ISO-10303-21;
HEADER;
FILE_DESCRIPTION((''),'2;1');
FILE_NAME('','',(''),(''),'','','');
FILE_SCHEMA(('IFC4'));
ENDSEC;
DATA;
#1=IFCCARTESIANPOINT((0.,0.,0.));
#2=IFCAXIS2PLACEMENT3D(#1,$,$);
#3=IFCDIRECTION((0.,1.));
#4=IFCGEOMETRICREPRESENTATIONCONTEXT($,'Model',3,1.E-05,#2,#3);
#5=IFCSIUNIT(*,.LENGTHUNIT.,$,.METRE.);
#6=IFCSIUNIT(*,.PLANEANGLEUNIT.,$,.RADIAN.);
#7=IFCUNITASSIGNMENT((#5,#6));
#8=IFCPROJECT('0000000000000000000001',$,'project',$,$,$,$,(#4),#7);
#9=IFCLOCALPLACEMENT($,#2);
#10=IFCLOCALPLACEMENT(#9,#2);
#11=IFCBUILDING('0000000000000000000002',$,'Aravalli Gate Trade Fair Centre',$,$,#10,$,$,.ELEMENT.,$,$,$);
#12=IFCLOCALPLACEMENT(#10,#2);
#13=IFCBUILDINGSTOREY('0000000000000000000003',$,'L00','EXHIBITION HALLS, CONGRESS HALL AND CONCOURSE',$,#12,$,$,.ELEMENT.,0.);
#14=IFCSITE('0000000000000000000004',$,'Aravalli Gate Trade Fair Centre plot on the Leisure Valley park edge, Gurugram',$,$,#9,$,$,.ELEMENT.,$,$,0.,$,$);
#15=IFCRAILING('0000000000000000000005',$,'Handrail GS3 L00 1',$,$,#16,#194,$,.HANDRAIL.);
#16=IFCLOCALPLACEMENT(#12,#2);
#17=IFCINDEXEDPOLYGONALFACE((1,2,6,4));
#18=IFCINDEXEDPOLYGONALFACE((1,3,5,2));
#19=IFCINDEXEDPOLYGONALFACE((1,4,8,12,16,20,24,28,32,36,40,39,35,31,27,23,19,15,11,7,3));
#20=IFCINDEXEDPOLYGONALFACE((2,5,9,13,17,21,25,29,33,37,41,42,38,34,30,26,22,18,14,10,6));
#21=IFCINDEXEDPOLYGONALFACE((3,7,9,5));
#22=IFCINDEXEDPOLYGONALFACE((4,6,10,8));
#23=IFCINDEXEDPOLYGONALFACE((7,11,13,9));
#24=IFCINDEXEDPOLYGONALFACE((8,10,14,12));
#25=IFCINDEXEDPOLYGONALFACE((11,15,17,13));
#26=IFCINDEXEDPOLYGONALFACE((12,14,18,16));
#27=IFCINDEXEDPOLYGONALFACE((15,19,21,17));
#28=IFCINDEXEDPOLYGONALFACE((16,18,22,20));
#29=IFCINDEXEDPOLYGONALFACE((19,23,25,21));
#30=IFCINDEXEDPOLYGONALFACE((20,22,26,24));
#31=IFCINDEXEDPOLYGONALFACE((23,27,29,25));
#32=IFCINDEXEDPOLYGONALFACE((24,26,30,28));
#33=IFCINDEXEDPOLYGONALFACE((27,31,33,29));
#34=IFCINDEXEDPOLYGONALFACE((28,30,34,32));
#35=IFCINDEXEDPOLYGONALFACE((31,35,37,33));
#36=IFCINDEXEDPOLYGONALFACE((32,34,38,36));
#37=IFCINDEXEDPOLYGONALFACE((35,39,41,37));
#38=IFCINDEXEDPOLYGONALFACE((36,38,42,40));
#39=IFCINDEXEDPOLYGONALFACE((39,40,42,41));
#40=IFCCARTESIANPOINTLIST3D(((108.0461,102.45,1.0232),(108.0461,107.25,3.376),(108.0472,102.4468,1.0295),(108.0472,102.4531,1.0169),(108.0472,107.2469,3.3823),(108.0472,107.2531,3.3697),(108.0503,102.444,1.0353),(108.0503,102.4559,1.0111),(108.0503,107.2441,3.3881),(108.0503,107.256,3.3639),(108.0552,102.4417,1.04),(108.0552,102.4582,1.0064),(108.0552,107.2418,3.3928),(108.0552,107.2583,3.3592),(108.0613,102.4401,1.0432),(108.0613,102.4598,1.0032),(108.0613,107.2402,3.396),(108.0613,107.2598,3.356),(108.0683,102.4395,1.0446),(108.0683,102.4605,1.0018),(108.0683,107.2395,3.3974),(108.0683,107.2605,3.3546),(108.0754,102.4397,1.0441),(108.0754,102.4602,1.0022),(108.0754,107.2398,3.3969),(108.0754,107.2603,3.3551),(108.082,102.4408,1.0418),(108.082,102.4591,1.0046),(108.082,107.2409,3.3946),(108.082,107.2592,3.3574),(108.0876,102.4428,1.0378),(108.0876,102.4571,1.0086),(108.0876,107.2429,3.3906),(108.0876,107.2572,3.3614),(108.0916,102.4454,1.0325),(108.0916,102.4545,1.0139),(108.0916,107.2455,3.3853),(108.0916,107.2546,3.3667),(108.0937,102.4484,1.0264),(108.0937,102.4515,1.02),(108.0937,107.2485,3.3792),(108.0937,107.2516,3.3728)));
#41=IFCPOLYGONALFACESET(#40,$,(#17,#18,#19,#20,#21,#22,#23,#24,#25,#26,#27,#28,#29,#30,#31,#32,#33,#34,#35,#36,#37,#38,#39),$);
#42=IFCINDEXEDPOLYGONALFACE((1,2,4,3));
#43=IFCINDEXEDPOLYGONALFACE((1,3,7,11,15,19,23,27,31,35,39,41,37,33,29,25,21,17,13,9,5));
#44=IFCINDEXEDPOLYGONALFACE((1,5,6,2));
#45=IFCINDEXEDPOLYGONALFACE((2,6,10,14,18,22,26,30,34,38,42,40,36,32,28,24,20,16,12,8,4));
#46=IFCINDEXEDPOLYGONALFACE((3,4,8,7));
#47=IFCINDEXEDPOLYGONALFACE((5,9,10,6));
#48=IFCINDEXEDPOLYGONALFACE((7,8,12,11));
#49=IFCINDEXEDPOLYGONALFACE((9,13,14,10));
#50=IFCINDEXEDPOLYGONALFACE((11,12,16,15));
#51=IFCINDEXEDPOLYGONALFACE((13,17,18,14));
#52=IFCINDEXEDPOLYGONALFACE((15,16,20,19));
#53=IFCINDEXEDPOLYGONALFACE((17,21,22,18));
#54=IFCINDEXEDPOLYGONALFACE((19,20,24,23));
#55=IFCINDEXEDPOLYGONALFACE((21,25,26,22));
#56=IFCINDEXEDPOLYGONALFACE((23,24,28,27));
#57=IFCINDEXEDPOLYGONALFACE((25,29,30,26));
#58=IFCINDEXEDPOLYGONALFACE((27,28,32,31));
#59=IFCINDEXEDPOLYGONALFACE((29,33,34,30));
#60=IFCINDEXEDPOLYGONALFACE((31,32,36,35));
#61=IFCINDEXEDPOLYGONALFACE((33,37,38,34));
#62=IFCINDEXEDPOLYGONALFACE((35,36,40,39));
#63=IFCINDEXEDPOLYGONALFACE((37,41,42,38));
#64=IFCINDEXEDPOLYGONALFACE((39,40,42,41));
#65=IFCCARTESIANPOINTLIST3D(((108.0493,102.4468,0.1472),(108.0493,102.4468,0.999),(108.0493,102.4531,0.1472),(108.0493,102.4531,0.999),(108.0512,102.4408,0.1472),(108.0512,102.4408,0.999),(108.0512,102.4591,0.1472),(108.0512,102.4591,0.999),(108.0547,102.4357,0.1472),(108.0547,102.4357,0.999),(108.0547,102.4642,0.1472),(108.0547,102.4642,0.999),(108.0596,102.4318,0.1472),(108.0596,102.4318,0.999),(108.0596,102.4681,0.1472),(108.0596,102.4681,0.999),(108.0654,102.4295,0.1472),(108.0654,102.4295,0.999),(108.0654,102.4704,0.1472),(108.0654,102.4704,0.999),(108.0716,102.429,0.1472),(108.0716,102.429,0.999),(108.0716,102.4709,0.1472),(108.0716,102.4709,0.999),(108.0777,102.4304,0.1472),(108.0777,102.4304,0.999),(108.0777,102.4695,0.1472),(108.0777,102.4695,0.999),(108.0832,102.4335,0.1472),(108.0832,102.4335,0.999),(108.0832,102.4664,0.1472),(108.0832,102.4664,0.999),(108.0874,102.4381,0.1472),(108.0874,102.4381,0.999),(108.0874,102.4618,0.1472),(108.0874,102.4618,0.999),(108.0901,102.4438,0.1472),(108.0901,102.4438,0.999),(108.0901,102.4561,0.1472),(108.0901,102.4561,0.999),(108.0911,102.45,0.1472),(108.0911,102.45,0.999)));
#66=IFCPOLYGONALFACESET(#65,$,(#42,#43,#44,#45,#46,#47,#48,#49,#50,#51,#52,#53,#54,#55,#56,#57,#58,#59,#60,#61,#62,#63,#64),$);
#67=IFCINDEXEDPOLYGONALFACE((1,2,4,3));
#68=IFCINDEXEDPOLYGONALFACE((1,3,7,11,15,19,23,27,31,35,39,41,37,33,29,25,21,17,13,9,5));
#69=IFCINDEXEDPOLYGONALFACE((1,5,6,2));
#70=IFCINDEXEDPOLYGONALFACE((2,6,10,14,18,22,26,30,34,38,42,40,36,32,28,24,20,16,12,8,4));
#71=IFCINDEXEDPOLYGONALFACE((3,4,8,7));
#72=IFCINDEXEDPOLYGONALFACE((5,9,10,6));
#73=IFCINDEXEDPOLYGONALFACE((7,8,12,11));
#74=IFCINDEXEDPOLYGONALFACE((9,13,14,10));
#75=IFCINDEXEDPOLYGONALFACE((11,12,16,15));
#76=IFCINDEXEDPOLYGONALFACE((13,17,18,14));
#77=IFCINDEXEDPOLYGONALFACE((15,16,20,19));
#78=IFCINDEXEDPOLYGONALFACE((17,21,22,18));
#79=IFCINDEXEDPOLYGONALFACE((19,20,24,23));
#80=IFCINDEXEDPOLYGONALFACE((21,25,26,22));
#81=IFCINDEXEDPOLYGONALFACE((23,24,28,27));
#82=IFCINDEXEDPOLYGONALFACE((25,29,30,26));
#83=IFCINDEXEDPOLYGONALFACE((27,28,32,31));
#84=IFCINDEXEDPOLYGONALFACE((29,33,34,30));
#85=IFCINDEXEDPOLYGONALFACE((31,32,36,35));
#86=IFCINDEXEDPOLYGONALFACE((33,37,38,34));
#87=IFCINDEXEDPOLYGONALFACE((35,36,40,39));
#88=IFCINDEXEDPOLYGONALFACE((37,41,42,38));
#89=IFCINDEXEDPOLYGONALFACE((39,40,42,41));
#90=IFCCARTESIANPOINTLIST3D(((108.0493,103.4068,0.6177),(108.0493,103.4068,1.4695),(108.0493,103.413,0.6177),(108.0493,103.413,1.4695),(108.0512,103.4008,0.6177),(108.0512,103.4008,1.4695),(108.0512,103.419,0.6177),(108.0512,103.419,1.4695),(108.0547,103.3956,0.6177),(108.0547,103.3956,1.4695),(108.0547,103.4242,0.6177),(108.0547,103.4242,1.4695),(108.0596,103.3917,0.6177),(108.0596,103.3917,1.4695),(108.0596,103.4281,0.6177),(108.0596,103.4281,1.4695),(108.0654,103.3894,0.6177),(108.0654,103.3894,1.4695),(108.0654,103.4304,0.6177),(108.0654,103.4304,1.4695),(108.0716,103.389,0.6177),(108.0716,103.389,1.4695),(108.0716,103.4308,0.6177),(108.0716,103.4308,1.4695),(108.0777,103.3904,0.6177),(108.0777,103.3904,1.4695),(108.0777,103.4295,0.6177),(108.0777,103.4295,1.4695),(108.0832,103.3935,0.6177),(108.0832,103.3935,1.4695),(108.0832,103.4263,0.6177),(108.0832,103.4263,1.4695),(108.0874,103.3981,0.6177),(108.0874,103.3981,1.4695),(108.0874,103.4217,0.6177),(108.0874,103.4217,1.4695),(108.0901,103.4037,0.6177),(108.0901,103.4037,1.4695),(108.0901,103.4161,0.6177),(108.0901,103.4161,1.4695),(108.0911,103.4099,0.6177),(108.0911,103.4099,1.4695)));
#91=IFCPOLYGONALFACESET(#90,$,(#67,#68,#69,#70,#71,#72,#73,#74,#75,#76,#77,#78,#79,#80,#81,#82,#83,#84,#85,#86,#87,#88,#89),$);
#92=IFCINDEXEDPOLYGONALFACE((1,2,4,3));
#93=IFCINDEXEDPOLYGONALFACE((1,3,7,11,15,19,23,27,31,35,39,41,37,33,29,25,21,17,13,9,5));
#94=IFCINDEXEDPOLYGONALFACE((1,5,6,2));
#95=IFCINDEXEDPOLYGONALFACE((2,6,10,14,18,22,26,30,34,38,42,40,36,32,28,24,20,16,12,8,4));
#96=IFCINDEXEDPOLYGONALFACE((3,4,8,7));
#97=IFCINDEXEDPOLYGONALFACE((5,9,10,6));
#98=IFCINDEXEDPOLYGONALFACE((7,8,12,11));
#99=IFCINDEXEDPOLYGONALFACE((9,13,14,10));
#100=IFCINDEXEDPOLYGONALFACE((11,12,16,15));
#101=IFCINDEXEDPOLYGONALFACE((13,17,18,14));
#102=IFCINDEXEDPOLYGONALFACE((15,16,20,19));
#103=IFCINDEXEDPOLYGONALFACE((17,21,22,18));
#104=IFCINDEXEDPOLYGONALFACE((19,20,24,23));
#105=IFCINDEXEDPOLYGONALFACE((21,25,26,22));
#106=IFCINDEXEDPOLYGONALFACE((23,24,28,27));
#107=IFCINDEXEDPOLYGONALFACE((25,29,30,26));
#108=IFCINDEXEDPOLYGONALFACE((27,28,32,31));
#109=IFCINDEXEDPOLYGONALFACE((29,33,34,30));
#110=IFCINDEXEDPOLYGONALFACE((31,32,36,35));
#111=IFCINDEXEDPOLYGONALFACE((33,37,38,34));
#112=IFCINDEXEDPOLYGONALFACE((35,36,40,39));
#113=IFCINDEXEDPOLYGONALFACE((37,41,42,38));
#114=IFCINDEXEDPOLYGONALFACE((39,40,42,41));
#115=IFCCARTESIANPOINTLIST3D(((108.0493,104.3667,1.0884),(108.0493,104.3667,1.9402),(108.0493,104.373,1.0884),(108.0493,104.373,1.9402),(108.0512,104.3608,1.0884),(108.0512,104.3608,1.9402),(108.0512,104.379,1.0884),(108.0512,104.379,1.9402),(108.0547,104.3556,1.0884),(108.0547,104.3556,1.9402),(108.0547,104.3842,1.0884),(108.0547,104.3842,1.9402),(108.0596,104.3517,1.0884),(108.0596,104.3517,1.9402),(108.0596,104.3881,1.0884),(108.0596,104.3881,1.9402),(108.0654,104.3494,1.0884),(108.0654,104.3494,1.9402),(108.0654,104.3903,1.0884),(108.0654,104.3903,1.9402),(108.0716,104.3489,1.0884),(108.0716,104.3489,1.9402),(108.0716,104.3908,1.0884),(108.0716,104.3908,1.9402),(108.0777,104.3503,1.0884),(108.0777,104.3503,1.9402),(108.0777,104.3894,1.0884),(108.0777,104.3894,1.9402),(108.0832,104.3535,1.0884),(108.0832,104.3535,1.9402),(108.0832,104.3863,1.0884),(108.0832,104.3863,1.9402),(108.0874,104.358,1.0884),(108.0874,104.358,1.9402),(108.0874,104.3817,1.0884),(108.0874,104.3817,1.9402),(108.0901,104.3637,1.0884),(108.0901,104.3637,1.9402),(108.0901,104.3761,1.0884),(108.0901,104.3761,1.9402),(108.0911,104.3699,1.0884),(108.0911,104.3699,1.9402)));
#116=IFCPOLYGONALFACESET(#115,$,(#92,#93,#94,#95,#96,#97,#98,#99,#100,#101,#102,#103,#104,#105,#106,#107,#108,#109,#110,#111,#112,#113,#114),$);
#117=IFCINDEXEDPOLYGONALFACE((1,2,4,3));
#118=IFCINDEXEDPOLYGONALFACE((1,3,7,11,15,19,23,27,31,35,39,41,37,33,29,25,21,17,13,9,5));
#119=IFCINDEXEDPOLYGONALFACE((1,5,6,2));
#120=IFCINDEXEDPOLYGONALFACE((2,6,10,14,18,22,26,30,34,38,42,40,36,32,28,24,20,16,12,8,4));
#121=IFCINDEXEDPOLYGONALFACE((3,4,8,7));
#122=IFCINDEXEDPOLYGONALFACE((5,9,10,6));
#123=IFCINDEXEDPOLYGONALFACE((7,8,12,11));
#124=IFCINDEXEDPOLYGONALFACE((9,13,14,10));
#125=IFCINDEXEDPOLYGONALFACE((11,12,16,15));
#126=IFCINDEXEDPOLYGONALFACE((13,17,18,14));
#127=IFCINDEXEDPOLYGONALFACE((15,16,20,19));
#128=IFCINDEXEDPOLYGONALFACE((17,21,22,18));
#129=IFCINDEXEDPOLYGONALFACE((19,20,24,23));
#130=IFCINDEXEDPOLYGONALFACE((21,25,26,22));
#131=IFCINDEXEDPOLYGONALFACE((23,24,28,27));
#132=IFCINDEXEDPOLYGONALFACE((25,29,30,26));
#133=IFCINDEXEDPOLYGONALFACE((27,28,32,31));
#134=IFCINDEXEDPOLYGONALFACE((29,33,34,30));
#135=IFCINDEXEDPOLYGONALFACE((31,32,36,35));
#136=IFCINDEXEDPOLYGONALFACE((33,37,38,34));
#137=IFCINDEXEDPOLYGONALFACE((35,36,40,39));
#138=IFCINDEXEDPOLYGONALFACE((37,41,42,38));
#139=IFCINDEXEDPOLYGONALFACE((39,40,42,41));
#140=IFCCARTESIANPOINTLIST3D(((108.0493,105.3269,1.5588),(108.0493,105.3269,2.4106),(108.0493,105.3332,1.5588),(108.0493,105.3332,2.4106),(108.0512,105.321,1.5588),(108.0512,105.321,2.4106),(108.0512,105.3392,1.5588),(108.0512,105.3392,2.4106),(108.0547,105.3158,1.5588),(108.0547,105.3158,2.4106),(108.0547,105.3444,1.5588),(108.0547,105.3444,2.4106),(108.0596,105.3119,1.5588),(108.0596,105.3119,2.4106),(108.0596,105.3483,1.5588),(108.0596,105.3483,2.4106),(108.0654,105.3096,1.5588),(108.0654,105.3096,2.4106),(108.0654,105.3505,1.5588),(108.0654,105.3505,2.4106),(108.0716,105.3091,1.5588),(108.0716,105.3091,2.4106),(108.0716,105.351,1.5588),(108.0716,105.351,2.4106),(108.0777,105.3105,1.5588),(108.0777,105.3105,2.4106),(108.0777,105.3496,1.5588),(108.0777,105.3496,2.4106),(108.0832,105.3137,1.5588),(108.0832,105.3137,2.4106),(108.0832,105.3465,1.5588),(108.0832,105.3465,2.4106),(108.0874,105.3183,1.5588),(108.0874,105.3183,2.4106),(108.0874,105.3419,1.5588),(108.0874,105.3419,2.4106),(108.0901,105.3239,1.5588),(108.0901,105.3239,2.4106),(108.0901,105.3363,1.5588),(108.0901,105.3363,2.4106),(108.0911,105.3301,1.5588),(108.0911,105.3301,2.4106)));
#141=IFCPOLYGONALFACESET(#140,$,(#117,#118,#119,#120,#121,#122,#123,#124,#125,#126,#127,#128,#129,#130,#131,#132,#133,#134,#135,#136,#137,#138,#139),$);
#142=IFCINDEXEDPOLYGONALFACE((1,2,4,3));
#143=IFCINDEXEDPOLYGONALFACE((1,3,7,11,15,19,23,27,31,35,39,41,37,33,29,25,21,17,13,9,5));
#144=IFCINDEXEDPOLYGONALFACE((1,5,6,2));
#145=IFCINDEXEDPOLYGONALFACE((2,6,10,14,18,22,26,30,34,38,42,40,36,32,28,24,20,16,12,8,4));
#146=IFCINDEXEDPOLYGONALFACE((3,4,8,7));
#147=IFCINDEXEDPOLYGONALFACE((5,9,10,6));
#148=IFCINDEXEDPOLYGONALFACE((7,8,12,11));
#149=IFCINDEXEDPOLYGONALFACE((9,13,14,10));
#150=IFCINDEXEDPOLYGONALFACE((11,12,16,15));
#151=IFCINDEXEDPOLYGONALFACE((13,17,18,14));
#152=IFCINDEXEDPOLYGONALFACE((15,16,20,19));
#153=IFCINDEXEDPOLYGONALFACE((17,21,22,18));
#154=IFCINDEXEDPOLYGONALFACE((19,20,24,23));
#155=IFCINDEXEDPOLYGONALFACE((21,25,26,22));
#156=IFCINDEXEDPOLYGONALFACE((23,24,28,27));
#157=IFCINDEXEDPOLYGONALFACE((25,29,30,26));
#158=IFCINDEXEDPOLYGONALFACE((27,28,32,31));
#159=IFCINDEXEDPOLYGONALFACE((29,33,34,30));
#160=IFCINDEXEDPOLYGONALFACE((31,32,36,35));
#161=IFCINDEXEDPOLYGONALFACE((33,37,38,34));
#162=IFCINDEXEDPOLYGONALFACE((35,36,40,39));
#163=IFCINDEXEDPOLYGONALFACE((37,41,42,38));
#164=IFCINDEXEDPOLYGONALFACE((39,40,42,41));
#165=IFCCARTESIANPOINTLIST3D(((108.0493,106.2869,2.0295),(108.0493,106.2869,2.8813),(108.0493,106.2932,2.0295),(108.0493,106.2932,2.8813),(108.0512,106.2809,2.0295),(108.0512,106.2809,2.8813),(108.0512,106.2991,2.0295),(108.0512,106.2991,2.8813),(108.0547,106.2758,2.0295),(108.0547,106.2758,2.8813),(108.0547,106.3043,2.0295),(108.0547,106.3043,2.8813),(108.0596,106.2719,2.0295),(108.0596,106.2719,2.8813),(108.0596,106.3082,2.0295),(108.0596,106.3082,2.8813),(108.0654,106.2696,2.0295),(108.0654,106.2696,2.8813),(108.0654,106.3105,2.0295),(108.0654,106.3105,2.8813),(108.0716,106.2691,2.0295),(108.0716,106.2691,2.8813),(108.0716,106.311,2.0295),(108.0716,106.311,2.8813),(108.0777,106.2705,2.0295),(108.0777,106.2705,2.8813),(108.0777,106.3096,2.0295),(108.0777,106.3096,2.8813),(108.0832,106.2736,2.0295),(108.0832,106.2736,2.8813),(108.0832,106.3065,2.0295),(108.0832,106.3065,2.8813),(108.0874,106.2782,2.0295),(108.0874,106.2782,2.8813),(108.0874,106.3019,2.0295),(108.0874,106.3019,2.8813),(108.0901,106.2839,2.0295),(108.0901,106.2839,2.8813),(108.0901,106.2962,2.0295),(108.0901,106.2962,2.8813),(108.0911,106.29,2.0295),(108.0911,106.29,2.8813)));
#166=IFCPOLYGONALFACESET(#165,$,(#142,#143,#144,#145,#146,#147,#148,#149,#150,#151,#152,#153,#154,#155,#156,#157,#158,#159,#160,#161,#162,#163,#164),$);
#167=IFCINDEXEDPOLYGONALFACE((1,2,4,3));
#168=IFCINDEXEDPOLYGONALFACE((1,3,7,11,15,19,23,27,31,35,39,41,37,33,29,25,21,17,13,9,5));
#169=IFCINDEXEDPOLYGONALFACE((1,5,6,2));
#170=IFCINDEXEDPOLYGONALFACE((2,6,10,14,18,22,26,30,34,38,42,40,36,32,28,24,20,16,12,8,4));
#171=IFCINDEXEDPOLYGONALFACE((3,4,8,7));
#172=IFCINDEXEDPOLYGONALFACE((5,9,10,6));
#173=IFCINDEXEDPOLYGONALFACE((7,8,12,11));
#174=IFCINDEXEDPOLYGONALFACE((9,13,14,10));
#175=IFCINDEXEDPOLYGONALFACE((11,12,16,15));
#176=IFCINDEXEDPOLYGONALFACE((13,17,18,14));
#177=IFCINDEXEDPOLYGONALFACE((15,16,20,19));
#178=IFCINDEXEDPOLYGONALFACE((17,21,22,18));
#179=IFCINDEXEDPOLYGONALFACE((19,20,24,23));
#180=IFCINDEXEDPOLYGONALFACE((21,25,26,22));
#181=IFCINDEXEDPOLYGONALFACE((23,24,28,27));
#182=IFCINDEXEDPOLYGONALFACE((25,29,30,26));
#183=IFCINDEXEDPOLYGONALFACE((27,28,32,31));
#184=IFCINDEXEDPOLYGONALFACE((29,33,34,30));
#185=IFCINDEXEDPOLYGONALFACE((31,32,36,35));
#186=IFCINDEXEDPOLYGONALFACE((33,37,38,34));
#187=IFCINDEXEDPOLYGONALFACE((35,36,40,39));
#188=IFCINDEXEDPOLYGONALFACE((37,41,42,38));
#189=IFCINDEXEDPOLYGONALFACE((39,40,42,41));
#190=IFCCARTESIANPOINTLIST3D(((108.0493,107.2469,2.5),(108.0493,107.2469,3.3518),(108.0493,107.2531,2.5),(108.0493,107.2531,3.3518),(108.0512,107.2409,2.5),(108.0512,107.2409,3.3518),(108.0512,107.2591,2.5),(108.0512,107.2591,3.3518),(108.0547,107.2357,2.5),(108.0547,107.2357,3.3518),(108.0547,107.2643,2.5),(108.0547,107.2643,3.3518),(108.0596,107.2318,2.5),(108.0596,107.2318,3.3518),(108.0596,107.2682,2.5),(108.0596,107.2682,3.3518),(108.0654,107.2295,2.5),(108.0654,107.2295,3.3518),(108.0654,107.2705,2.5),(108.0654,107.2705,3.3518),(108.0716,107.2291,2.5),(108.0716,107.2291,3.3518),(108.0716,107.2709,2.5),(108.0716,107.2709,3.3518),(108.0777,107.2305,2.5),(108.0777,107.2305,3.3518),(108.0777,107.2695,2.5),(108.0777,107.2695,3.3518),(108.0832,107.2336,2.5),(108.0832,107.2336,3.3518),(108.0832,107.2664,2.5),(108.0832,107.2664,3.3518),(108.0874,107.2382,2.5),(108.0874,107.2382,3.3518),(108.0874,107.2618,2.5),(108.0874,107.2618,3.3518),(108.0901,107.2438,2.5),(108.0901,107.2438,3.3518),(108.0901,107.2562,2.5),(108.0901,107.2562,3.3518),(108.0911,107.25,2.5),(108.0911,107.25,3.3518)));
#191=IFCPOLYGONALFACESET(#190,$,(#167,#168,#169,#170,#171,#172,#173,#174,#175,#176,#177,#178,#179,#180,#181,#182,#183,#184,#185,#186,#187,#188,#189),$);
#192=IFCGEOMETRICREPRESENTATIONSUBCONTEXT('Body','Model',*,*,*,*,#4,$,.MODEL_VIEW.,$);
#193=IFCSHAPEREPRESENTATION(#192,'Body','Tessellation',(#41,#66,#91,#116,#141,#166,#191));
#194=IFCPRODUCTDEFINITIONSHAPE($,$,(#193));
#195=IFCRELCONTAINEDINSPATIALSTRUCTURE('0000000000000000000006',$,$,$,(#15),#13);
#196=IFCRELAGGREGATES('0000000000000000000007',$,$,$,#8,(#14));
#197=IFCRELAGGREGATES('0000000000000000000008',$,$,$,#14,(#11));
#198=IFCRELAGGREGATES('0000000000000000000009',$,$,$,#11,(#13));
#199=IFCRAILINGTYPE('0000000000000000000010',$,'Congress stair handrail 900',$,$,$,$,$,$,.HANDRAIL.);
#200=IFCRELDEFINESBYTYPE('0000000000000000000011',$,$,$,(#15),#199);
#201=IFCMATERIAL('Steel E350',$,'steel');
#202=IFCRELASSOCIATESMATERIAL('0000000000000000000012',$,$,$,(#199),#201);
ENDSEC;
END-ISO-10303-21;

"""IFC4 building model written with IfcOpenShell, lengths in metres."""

from ifc_helpers import new_model, si_unit, direction, frame, origin, origin_2d, place, context, subcontext, project, spatial, circle, extrude, material, type_object, element, save


model = new_model("IFC4")

# Units and contexts
model_context = context("Model", 3, precision=1e-05, world=origin(), true_north=direction((0.0, 1.0)))
body_context = subcontext(model_context, "Body", "Model", "MODEL_VIEW")
ifc_project = project(units=[si_unit("LENGTHUNIT", "METRE"), si_unit("PLANEANGLEUNIT", "RADIAN")], contexts=[model_context])

# Site, building, storey
site_placement = place(None, origin())
site = spatial("IfcSite", under=ifc_project, at=site_placement, Name="Aravalli Gate Trade Fair Centre plot on the Leisure Valley park edge, Gurugram", CompositionType="ELEMENT", RefElevation=0.0)
building_placement = place(site_placement, origin())
building = spatial("IfcBuilding", under=site, at=building_placement, Name="Aravalli Gate Trade Fair Centre", CompositionType="ELEMENT")
storey_placement = place(building_placement, origin())
storey = spatial("IfcBuildingStorey", under=building, at=storey_placement, Name="L00", Description="EXHIBITION HALLS, CONGRESS HALL AND CONCOURSE", CompositionType="ELEMENT", Elevation=0.0)

# Railing
ifc_material_1 = material(Name="Steel E350", Category="steel")
railing_type = type_object("IfcRailingType", Name="Congress stair handrail 900", PredefinedType="HANDRAIL", material=ifc_material_1)
for number, where, name in (
    (1, (108.0701, 102.45, 0.1472), "Handrail GS3 L00 1"),
):
    element("IfcRailing", number, at=place(storey_placement, frame(where)), inside=storey, type_object=railing_type, Name=name, PredefinedType="HANDRAIL", context=body_context, shape_type="SweptSolid", body=[
        extrude(circle(Radius=0.0239, at=origin_2d()), frame((0.0, 0.0, 0.876), z_axis=(0.0, 0.897934, 0.44013), x_axis=(-1.0, 0.0, 0.0)), (0.0, 0.0, 1.0), 5.3457),
        extrude(circle(Radius=0.021, at=origin_2d()), origin(), (0.0, 0.0, 1.0), 0.8518),
        extrude(circle(Radius=0.021, at=origin_2d()), frame((0.0, 0.96, 0.4705)), (0.0, 0.0, 1.0), 0.8518),
        extrude(circle(Radius=0.021, at=origin_2d()), frame((0.0, 1.9199, 0.9412)), (0.0, 0.0, 1.0), 0.8518),
        extrude(circle(Radius=0.021, at=origin_2d()), frame((0.0, 2.8801, 1.4116)), (0.0, 0.0, 1.0), 0.8518),
        extrude(circle(Radius=0.021, at=origin_2d()), frame((0.0, 3.8401, 1.8823)), (0.0, 0.0, 1.0), 0.8518),
        extrude(circle(Radius=0.021, at=origin_2d()), frame((0.0, 4.8, 2.3528)), (0.0, 0.0, 1.0), 0.8518),
    ])

save(model, "model.ifc")
